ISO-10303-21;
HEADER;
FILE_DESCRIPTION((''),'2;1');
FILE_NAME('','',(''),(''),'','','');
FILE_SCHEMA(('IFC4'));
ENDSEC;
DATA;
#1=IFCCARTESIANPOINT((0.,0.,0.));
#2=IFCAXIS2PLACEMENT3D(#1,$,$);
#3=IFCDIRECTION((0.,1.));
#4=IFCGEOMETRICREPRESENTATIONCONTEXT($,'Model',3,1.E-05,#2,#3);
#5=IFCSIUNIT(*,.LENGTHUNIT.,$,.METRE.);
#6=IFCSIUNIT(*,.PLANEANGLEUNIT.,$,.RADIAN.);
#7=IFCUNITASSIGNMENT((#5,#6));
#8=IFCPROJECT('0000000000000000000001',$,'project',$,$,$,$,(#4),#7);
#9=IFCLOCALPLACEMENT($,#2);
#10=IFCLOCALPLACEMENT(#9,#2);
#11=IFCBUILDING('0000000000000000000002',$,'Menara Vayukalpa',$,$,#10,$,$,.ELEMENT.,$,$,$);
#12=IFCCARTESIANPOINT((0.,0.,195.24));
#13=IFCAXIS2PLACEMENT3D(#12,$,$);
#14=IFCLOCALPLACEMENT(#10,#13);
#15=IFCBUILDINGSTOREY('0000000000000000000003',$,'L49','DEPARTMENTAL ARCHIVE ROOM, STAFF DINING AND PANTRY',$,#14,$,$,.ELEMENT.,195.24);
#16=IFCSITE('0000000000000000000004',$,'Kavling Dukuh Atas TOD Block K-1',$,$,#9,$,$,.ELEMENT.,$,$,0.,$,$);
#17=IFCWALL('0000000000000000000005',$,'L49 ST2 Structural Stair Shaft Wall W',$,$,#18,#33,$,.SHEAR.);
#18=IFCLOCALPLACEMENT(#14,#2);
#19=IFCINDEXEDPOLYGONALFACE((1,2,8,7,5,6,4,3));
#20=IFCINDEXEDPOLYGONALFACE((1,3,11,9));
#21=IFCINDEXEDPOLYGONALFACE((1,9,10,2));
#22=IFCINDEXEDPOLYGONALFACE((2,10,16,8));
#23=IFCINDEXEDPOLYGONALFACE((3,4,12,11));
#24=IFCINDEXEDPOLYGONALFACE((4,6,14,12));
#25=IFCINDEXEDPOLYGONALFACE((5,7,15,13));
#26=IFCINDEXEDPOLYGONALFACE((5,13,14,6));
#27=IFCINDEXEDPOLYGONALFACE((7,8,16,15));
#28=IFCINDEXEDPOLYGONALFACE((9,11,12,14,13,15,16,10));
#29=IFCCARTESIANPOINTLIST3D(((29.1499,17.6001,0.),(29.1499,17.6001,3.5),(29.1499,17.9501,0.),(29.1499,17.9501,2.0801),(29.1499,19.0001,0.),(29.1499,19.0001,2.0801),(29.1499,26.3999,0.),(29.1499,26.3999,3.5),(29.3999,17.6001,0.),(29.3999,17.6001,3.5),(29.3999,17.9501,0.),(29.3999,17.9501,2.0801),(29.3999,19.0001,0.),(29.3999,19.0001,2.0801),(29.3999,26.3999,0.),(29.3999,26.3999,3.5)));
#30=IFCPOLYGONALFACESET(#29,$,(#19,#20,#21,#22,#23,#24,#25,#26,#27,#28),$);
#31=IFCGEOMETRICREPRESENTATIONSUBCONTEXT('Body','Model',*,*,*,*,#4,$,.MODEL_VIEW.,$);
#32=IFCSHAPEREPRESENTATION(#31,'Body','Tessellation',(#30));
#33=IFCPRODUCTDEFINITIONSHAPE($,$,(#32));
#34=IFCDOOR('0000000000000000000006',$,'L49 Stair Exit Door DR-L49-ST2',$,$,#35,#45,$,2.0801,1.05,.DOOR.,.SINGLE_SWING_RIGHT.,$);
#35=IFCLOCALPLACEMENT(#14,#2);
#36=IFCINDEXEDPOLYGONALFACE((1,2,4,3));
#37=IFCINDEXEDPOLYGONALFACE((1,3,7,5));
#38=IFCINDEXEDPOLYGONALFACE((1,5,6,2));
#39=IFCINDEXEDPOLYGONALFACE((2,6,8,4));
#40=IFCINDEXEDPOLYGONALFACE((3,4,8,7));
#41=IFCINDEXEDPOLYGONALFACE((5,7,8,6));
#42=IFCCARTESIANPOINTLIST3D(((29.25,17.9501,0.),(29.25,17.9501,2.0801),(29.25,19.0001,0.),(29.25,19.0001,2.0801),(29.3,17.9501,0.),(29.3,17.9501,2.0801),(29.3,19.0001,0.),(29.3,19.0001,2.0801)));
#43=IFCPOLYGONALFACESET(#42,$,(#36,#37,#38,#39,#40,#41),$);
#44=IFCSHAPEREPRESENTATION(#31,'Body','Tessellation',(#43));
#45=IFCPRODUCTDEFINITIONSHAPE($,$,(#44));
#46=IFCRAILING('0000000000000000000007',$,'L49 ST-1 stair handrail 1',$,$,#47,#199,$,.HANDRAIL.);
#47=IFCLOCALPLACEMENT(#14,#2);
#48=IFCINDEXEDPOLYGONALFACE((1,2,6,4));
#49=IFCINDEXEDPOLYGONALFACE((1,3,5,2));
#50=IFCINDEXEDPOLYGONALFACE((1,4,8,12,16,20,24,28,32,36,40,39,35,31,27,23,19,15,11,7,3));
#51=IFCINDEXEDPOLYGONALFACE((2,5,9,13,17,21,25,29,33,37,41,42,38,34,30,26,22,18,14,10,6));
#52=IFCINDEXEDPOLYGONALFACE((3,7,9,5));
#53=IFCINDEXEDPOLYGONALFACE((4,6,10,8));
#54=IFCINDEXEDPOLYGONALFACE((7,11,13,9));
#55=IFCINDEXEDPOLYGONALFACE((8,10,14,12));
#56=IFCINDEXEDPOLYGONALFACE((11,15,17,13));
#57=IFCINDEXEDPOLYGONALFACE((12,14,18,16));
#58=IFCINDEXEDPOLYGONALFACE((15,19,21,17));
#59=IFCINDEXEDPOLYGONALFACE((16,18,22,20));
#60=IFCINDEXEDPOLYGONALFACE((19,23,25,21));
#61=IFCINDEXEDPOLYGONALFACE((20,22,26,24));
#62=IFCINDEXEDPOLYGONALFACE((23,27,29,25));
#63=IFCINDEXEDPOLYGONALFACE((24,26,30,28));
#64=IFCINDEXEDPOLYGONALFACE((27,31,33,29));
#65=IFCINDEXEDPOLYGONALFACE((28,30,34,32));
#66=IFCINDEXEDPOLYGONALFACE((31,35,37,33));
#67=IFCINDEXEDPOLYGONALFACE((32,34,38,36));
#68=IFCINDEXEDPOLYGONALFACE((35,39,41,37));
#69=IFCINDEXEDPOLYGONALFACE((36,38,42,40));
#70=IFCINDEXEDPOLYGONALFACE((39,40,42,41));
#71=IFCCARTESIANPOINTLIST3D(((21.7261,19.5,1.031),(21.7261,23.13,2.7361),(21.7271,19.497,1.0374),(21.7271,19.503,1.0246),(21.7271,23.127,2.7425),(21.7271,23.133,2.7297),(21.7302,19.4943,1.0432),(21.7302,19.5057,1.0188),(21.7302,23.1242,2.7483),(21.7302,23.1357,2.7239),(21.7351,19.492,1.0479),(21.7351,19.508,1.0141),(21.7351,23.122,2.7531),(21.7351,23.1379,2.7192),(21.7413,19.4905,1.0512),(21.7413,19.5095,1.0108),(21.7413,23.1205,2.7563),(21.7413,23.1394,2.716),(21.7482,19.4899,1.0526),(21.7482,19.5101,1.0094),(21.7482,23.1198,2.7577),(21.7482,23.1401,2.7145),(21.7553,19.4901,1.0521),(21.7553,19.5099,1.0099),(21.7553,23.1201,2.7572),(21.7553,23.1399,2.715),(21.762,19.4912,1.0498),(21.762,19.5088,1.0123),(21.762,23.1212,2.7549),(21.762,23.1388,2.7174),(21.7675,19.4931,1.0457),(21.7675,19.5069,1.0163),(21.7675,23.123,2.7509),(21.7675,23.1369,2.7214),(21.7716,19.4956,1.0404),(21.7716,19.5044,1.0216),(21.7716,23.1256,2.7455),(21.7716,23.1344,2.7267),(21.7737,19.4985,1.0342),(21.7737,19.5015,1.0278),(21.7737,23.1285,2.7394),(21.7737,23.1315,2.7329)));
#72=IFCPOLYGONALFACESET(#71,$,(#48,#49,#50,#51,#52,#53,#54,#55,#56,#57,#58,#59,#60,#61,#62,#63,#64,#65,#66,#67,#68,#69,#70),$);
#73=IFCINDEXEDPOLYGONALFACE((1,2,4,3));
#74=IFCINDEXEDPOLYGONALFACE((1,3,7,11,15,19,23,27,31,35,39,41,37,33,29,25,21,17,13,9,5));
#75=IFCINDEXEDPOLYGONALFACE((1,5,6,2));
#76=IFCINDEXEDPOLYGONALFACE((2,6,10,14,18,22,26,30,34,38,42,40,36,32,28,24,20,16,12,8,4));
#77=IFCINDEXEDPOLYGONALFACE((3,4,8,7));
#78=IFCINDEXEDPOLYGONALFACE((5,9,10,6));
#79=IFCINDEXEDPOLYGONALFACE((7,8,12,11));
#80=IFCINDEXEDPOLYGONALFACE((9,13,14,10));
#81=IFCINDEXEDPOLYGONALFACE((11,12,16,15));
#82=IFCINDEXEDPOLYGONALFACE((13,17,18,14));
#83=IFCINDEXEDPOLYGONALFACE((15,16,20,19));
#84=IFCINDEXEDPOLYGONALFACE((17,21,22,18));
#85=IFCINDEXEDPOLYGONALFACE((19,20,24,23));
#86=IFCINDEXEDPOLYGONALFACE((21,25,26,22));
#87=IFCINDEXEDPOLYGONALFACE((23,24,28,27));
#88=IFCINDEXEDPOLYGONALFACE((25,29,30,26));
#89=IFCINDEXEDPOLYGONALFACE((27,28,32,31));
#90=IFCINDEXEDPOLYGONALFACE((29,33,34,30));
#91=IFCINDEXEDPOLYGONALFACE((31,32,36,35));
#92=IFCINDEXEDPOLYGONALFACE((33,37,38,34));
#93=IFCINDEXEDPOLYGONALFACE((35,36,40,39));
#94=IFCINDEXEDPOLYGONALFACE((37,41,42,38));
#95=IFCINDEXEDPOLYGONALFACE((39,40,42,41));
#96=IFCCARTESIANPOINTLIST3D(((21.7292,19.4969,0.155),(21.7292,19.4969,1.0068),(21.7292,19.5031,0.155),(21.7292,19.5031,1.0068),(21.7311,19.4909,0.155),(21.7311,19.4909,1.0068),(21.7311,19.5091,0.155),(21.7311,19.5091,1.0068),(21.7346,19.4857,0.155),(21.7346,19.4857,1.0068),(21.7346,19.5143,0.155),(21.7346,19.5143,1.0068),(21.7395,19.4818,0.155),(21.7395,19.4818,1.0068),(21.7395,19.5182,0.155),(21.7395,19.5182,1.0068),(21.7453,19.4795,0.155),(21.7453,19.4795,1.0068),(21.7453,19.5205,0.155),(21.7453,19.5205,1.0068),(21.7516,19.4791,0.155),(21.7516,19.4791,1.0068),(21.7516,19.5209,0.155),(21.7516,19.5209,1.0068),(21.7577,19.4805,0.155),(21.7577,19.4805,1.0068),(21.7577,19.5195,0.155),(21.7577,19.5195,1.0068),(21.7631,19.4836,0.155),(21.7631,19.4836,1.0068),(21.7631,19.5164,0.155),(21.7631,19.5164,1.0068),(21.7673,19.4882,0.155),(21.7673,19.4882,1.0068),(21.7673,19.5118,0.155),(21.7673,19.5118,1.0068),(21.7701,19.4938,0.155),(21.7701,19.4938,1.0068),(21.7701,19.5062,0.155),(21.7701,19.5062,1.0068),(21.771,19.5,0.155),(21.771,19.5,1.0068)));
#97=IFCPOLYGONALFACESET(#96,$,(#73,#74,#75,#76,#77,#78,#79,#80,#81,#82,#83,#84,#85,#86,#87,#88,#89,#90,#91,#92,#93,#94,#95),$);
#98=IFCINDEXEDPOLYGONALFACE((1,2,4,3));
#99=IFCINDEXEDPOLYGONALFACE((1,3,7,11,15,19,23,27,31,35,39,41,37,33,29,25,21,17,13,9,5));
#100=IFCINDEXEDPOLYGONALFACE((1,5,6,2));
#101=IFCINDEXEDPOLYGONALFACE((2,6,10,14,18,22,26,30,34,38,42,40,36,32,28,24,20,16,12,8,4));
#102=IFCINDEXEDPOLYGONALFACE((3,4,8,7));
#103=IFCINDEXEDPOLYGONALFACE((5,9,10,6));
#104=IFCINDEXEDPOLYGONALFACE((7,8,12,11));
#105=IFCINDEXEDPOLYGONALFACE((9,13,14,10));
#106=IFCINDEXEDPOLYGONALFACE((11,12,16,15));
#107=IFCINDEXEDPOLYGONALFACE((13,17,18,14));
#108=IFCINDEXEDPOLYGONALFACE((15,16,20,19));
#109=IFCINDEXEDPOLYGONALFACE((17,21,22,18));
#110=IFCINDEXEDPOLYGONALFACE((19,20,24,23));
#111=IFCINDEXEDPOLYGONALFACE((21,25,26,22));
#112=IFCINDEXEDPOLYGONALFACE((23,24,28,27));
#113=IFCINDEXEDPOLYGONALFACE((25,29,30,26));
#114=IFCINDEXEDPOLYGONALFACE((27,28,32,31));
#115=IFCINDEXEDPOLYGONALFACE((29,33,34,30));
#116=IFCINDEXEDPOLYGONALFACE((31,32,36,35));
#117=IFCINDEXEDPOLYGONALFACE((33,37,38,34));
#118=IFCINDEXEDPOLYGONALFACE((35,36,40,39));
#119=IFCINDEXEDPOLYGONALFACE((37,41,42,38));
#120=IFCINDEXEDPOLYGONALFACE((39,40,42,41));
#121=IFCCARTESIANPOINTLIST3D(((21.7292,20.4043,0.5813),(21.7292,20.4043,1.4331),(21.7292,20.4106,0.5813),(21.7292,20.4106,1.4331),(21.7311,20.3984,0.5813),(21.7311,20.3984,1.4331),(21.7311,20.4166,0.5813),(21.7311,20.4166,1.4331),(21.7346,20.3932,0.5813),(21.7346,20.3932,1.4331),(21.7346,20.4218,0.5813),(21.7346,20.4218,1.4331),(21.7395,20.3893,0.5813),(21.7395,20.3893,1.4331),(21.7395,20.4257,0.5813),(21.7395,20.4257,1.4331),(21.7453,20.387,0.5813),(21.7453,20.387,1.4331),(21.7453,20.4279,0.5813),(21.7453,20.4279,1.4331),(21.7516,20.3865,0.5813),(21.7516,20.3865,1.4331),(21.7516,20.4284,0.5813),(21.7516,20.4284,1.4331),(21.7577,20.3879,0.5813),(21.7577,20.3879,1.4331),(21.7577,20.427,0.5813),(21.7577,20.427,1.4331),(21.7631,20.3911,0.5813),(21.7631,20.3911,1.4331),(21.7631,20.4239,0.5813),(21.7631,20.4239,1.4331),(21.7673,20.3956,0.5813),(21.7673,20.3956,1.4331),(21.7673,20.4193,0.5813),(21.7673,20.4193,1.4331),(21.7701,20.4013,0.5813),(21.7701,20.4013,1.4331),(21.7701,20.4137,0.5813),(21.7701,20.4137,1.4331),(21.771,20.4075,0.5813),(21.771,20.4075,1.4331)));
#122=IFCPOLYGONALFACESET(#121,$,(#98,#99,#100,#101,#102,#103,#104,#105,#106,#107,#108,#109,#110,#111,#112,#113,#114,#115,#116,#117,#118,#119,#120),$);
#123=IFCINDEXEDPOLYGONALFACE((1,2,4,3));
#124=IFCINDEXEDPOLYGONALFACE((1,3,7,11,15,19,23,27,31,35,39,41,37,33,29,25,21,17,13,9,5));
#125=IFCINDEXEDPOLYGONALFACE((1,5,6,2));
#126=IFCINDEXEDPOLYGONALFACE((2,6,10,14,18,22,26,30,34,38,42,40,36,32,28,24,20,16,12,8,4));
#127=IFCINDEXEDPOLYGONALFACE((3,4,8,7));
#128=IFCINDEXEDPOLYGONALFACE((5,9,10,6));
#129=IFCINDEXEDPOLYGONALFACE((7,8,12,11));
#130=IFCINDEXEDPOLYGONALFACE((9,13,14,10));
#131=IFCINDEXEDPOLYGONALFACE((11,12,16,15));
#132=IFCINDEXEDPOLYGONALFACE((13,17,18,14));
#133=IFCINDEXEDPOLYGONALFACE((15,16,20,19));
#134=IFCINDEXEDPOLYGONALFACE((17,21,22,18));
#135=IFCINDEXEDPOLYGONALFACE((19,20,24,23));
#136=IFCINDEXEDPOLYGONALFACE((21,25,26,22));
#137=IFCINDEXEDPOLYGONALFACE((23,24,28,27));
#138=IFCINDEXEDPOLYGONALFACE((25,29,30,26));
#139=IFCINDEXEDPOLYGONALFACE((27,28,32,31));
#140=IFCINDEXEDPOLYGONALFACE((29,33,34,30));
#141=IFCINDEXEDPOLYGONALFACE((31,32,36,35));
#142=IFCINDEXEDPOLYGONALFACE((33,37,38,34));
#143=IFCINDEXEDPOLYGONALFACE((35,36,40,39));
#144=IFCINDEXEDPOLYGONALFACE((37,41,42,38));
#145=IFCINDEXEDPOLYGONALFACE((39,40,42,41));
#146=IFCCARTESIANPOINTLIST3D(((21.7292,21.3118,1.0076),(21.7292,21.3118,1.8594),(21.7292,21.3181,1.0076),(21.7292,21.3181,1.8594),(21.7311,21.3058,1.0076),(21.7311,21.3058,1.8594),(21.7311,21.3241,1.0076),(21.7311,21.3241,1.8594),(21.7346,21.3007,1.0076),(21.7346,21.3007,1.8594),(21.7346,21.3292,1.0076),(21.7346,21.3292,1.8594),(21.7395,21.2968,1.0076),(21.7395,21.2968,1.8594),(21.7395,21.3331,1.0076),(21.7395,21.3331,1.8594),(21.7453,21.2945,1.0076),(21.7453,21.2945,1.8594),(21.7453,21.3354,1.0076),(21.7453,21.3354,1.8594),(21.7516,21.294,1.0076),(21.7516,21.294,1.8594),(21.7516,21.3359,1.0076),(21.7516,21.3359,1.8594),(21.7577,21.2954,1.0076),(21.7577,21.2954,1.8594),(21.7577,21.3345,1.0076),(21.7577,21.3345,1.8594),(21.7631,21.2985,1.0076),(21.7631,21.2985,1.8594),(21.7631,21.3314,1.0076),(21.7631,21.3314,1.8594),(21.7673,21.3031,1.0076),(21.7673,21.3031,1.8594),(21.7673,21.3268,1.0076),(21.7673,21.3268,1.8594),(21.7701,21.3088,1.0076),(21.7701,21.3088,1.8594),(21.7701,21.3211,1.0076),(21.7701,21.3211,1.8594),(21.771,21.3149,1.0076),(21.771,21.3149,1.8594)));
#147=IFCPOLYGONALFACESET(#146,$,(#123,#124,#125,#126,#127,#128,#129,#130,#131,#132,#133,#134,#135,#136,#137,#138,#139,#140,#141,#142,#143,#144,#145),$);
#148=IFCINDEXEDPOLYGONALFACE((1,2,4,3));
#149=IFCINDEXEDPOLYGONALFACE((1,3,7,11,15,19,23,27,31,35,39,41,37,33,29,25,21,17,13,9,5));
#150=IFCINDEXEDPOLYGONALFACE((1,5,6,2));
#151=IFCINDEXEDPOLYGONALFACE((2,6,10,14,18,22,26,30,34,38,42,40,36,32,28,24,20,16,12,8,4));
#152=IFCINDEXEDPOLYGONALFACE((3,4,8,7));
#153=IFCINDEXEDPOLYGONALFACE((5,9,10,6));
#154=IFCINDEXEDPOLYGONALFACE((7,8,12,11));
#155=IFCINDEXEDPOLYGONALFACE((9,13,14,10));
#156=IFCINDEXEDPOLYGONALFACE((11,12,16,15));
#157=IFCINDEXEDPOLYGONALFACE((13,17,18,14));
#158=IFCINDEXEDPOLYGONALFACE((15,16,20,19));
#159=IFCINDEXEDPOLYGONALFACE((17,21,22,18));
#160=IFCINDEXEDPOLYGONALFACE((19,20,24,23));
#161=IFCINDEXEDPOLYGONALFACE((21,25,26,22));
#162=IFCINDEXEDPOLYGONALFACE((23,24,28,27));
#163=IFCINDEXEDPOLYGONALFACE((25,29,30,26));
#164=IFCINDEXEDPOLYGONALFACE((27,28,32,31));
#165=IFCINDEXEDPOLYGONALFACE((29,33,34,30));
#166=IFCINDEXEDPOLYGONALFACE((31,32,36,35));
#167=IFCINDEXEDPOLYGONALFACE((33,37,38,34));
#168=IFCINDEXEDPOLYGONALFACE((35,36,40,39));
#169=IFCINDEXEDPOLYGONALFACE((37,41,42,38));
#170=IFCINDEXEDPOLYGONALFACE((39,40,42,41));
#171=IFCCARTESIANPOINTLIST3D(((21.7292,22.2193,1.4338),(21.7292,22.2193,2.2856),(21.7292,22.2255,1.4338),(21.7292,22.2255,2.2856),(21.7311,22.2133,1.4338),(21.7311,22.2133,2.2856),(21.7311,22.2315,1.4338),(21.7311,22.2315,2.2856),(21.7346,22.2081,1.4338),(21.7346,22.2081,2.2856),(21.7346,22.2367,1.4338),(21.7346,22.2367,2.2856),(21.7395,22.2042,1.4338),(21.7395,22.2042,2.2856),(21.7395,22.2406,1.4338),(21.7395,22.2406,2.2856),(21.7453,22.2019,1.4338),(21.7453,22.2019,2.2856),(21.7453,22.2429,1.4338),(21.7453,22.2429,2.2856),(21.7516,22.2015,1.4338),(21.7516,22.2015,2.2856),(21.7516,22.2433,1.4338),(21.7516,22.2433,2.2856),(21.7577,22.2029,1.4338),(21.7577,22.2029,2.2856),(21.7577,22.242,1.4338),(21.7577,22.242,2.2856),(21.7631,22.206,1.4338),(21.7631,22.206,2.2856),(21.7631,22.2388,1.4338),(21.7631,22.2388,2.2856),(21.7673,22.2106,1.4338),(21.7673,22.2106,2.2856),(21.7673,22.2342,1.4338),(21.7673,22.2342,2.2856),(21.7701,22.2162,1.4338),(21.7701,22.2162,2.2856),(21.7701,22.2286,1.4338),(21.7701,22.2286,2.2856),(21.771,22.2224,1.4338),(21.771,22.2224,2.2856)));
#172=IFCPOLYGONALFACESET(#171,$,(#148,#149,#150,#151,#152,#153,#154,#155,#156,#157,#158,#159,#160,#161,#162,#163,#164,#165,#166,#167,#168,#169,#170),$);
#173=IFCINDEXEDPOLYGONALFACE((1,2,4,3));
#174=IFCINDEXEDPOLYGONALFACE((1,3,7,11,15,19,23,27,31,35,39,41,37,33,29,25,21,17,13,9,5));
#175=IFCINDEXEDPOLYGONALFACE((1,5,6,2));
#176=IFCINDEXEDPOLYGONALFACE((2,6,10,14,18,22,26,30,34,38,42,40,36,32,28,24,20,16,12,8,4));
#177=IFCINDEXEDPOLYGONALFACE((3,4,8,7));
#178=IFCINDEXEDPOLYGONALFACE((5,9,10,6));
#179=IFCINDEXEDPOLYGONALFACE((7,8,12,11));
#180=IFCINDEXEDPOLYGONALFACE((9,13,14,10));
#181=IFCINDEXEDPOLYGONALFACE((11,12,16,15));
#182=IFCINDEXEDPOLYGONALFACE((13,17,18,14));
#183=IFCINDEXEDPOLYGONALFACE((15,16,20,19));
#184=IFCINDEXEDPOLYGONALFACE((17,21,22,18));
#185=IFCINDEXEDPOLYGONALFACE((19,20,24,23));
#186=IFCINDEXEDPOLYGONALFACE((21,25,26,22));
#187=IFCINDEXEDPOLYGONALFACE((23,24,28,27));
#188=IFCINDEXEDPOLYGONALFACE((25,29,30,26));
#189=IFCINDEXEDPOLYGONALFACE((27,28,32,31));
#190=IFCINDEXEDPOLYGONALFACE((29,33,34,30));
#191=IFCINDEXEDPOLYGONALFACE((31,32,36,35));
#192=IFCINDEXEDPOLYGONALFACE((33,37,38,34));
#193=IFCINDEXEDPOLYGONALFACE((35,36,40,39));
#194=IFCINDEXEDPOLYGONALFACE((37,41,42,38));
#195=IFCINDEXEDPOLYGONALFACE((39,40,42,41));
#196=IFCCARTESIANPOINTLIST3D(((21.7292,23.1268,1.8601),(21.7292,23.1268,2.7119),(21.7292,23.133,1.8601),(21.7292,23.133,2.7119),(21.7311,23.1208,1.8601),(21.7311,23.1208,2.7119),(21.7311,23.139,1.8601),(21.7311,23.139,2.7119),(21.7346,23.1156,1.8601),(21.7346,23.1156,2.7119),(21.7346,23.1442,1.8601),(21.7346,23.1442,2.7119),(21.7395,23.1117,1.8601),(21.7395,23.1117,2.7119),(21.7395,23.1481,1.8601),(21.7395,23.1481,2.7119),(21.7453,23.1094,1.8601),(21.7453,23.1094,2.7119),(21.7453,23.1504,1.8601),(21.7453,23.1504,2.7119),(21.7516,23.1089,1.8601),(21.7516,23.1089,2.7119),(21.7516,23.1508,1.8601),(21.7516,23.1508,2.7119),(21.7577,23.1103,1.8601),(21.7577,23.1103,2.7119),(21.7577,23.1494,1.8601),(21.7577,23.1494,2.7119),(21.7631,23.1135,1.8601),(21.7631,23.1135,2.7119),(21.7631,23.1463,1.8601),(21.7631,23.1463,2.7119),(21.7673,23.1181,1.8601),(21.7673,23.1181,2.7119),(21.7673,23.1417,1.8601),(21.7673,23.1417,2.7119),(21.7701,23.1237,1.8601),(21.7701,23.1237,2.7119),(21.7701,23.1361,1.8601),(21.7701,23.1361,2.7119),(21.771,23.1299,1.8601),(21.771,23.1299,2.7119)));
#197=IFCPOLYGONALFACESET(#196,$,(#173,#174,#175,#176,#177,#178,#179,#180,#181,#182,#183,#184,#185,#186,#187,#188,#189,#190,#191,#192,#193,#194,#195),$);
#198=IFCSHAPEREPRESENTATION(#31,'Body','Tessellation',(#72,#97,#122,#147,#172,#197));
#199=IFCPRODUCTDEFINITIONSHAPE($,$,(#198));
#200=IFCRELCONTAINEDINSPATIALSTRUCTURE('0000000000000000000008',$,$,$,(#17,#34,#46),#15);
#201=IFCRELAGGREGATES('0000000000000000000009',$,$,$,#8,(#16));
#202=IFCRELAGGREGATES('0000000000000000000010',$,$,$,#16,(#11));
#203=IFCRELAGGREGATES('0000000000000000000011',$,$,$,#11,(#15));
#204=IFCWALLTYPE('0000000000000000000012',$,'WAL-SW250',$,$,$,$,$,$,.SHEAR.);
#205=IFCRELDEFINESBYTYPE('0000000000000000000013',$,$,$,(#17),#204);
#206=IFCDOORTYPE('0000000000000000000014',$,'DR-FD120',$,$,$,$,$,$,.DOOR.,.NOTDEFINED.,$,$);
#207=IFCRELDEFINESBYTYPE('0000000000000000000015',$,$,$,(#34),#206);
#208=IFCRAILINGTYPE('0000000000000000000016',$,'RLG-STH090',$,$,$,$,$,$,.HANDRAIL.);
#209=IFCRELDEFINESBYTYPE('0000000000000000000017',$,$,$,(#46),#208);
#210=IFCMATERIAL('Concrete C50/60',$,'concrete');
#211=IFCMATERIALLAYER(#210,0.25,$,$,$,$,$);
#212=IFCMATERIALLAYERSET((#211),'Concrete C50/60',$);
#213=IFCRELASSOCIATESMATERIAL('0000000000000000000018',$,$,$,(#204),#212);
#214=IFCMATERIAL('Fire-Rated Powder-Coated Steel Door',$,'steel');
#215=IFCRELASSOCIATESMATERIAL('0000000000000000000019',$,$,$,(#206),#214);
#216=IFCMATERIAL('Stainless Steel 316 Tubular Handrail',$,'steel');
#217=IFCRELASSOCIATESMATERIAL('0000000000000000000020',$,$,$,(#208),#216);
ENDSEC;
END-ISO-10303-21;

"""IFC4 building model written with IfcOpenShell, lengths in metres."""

from ifc_helpers import new_model, si_unit, direction, frame, frame_2d, origin, origin_2d, place, context, subcontext, project, spatial, rectangle, circle, extrude, material, layer, layer_set, type_object, element, fill, save


model = new_model("IFC4")

# Units and contexts
model_context = context("Model", 3, precision=1e-05, world=origin(), true_north=direction((0.0, 1.0)))
body_context = subcontext(model_context, "Body", "Model", "MODEL_VIEW")
ifc_project = project(units=[si_unit("LENGTHUNIT", "METRE"), si_unit("PLANEANGLEUNIT", "RADIAN")], contexts=[model_context])

# Site, building, storey
site_placement = place(None, origin())
site = spatial("IfcSite", under=ifc_project, at=site_placement, Name="Kavling Dukuh Atas TOD Block K-1", CompositionType="ELEMENT", RefElevation=0.0)
building_placement = place(site_placement, origin())
building = spatial("IfcBuilding", under=site, at=building_placement, Name="Menara Vayukalpa", CompositionType="ELEMENT")
storey_placement = place(building_placement, frame((0.0, 0.0, 195.24)))
storey = spatial("IfcBuildingStorey", under=building, at=storey_placement, Name="L49", Description="DEPARTMENTAL ARCHIVE ROOM, STAFF DINING AND PANTRY", CompositionType="ELEMENT", Elevation=195.24)

# Wall, opening, door
ifc_material_1 = material(Name="Concrete C50/60", Category="concrete")
ifc_layer_1 = layer(ifc_material_1, 0.25)
ifc_layer_set_1 = layer_set([ifc_layer_1], Name="Concrete C50/60")
wall_type_1 = type_object("IfcWallType", Name="WAL-SW250", PredefinedType="SHEAR", material=ifc_layer_set_1)
ifc_material_2 = material(Name="Fire-Rated Powder-Coated Steel Door", Category="steel")
door_type_1 = type_object("IfcDoorType", Name="DR-FD120", OperationType="NOTDEFINED", PredefinedType="DOOR", material=ifc_material_2)
wall_1_placement = place(storey_placement, frame((29.2749, 17.6001, 0.0), z_axis=(0.0, 0.0, 1.0), x_axis=(0.0, 1.0, 0.0)))
wall_1 = element("IfcWall", 1, at=wall_1_placement, inside=storey, type_object=wall_type_1, Name="L49 ST2 Structural Stair Shaft Wall W", PredefinedType="SHEAR", context=body_context, shape_type="SweptSolid", body=[
    extrude(rectangle(XDim=8.7998, YDim=0.25, at=frame_2d((4.3999, 0.0))), origin(), (0.0, 0.0, 1.0), 3.5),
])
opening_1_placement = place(wall_1_placement, frame((0.3501, 0.0, 0.0)))
opening_1 = element("IfcOpeningElement", 2, at=opening_1_placement, cuts=wall_1, PredefinedType="OPENING", context=body_context, shape_type="SweptSolid", body=[
    extrude(rectangle(XDim=1.05, YDim=2.0801, at=frame_2d((0.5249, 1.04))), frame((0.0, 0.135, 0.0), z_axis=(0.0, -1.0, 0.0), x_axis=(1.0, 0.0, 0.0)), (0.0, 0.0, 1.0), 0.27),
])
door_1_placement = place(opening_1_placement, origin())
door_1 = element("IfcDoor", 3, at=door_1_placement, inside=storey, type_object=door_type_1, Name="L49 Stair Exit Door DR-L49-ST2", OperationType="SINGLE_SWING_RIGHT", OverallHeight=2.0801, OverallWidth=1.05, PredefinedType="DOOR", context=body_context, shape_type="SweptSolid", body=[
    extrude(rectangle(XDim=1.05, YDim=2.0801, at=frame_2d((0.5249, 1.04))), frame((0.0, 0.0249, 0.0), z_axis=(0.0, -1.0, 0.0), x_axis=(1.0, 0.0, 0.0)), (0.0, 0.0, 1.0), 0.05),
])
fill(opening_1, door_1)

# Railing
ifc_material_3 = material(Name="Stainless Steel 316 Tubular Handrail", Category="steel")
railing_type = type_object("IfcRailingType", Name="RLG-STH090", PredefinedType="HANDRAIL", material=ifc_material_3)
railing_placement = place(storey_placement, frame((21.75, 19.5, 0.155)))
element("IfcRailing", 4, at=railing_placement, inside=storey, type_object=railing_type, Name="L49 ST-1 stair handrail 1", PredefinedType="HANDRAIL", context=body_context, shape_type="SweptSolid", body=[
    extrude(circle(Radius=0.0239, at=origin_2d()), frame((0.0, 0.0, 0.876), z_axis=(0.0, 0.905116, 0.425164), x_axis=(-1.0, 0.0, 0.0)), (0.0, 0.0, 1.0), 4.0105),
    extrude(circle(Radius=0.021, at=origin_2d()), origin(), (0.0, 0.0, 1.0), 0.8518),
    extrude(circle(Radius=0.021, at=origin_2d()), frame((0.0, 0.9075, 0.4263)), (0.0, 0.0, 1.0), 0.8518),
    extrude(circle(Radius=0.021, at=origin_2d()), frame((0.0, 1.8149, 0.8525)), (0.0, 0.0, 1.0), 0.8518),
    extrude(circle(Radius=0.021, at=origin_2d()), frame((0.0, 2.7224, 1.2788)), (0.0, 0.0, 1.0), 0.8518),
    extrude(circle(Radius=0.021, at=origin_2d()), frame((0.0, 3.6299, 1.7051)), (0.0, 0.0, 1.0), 0.8518),
])

save(model, "model.ifc")
